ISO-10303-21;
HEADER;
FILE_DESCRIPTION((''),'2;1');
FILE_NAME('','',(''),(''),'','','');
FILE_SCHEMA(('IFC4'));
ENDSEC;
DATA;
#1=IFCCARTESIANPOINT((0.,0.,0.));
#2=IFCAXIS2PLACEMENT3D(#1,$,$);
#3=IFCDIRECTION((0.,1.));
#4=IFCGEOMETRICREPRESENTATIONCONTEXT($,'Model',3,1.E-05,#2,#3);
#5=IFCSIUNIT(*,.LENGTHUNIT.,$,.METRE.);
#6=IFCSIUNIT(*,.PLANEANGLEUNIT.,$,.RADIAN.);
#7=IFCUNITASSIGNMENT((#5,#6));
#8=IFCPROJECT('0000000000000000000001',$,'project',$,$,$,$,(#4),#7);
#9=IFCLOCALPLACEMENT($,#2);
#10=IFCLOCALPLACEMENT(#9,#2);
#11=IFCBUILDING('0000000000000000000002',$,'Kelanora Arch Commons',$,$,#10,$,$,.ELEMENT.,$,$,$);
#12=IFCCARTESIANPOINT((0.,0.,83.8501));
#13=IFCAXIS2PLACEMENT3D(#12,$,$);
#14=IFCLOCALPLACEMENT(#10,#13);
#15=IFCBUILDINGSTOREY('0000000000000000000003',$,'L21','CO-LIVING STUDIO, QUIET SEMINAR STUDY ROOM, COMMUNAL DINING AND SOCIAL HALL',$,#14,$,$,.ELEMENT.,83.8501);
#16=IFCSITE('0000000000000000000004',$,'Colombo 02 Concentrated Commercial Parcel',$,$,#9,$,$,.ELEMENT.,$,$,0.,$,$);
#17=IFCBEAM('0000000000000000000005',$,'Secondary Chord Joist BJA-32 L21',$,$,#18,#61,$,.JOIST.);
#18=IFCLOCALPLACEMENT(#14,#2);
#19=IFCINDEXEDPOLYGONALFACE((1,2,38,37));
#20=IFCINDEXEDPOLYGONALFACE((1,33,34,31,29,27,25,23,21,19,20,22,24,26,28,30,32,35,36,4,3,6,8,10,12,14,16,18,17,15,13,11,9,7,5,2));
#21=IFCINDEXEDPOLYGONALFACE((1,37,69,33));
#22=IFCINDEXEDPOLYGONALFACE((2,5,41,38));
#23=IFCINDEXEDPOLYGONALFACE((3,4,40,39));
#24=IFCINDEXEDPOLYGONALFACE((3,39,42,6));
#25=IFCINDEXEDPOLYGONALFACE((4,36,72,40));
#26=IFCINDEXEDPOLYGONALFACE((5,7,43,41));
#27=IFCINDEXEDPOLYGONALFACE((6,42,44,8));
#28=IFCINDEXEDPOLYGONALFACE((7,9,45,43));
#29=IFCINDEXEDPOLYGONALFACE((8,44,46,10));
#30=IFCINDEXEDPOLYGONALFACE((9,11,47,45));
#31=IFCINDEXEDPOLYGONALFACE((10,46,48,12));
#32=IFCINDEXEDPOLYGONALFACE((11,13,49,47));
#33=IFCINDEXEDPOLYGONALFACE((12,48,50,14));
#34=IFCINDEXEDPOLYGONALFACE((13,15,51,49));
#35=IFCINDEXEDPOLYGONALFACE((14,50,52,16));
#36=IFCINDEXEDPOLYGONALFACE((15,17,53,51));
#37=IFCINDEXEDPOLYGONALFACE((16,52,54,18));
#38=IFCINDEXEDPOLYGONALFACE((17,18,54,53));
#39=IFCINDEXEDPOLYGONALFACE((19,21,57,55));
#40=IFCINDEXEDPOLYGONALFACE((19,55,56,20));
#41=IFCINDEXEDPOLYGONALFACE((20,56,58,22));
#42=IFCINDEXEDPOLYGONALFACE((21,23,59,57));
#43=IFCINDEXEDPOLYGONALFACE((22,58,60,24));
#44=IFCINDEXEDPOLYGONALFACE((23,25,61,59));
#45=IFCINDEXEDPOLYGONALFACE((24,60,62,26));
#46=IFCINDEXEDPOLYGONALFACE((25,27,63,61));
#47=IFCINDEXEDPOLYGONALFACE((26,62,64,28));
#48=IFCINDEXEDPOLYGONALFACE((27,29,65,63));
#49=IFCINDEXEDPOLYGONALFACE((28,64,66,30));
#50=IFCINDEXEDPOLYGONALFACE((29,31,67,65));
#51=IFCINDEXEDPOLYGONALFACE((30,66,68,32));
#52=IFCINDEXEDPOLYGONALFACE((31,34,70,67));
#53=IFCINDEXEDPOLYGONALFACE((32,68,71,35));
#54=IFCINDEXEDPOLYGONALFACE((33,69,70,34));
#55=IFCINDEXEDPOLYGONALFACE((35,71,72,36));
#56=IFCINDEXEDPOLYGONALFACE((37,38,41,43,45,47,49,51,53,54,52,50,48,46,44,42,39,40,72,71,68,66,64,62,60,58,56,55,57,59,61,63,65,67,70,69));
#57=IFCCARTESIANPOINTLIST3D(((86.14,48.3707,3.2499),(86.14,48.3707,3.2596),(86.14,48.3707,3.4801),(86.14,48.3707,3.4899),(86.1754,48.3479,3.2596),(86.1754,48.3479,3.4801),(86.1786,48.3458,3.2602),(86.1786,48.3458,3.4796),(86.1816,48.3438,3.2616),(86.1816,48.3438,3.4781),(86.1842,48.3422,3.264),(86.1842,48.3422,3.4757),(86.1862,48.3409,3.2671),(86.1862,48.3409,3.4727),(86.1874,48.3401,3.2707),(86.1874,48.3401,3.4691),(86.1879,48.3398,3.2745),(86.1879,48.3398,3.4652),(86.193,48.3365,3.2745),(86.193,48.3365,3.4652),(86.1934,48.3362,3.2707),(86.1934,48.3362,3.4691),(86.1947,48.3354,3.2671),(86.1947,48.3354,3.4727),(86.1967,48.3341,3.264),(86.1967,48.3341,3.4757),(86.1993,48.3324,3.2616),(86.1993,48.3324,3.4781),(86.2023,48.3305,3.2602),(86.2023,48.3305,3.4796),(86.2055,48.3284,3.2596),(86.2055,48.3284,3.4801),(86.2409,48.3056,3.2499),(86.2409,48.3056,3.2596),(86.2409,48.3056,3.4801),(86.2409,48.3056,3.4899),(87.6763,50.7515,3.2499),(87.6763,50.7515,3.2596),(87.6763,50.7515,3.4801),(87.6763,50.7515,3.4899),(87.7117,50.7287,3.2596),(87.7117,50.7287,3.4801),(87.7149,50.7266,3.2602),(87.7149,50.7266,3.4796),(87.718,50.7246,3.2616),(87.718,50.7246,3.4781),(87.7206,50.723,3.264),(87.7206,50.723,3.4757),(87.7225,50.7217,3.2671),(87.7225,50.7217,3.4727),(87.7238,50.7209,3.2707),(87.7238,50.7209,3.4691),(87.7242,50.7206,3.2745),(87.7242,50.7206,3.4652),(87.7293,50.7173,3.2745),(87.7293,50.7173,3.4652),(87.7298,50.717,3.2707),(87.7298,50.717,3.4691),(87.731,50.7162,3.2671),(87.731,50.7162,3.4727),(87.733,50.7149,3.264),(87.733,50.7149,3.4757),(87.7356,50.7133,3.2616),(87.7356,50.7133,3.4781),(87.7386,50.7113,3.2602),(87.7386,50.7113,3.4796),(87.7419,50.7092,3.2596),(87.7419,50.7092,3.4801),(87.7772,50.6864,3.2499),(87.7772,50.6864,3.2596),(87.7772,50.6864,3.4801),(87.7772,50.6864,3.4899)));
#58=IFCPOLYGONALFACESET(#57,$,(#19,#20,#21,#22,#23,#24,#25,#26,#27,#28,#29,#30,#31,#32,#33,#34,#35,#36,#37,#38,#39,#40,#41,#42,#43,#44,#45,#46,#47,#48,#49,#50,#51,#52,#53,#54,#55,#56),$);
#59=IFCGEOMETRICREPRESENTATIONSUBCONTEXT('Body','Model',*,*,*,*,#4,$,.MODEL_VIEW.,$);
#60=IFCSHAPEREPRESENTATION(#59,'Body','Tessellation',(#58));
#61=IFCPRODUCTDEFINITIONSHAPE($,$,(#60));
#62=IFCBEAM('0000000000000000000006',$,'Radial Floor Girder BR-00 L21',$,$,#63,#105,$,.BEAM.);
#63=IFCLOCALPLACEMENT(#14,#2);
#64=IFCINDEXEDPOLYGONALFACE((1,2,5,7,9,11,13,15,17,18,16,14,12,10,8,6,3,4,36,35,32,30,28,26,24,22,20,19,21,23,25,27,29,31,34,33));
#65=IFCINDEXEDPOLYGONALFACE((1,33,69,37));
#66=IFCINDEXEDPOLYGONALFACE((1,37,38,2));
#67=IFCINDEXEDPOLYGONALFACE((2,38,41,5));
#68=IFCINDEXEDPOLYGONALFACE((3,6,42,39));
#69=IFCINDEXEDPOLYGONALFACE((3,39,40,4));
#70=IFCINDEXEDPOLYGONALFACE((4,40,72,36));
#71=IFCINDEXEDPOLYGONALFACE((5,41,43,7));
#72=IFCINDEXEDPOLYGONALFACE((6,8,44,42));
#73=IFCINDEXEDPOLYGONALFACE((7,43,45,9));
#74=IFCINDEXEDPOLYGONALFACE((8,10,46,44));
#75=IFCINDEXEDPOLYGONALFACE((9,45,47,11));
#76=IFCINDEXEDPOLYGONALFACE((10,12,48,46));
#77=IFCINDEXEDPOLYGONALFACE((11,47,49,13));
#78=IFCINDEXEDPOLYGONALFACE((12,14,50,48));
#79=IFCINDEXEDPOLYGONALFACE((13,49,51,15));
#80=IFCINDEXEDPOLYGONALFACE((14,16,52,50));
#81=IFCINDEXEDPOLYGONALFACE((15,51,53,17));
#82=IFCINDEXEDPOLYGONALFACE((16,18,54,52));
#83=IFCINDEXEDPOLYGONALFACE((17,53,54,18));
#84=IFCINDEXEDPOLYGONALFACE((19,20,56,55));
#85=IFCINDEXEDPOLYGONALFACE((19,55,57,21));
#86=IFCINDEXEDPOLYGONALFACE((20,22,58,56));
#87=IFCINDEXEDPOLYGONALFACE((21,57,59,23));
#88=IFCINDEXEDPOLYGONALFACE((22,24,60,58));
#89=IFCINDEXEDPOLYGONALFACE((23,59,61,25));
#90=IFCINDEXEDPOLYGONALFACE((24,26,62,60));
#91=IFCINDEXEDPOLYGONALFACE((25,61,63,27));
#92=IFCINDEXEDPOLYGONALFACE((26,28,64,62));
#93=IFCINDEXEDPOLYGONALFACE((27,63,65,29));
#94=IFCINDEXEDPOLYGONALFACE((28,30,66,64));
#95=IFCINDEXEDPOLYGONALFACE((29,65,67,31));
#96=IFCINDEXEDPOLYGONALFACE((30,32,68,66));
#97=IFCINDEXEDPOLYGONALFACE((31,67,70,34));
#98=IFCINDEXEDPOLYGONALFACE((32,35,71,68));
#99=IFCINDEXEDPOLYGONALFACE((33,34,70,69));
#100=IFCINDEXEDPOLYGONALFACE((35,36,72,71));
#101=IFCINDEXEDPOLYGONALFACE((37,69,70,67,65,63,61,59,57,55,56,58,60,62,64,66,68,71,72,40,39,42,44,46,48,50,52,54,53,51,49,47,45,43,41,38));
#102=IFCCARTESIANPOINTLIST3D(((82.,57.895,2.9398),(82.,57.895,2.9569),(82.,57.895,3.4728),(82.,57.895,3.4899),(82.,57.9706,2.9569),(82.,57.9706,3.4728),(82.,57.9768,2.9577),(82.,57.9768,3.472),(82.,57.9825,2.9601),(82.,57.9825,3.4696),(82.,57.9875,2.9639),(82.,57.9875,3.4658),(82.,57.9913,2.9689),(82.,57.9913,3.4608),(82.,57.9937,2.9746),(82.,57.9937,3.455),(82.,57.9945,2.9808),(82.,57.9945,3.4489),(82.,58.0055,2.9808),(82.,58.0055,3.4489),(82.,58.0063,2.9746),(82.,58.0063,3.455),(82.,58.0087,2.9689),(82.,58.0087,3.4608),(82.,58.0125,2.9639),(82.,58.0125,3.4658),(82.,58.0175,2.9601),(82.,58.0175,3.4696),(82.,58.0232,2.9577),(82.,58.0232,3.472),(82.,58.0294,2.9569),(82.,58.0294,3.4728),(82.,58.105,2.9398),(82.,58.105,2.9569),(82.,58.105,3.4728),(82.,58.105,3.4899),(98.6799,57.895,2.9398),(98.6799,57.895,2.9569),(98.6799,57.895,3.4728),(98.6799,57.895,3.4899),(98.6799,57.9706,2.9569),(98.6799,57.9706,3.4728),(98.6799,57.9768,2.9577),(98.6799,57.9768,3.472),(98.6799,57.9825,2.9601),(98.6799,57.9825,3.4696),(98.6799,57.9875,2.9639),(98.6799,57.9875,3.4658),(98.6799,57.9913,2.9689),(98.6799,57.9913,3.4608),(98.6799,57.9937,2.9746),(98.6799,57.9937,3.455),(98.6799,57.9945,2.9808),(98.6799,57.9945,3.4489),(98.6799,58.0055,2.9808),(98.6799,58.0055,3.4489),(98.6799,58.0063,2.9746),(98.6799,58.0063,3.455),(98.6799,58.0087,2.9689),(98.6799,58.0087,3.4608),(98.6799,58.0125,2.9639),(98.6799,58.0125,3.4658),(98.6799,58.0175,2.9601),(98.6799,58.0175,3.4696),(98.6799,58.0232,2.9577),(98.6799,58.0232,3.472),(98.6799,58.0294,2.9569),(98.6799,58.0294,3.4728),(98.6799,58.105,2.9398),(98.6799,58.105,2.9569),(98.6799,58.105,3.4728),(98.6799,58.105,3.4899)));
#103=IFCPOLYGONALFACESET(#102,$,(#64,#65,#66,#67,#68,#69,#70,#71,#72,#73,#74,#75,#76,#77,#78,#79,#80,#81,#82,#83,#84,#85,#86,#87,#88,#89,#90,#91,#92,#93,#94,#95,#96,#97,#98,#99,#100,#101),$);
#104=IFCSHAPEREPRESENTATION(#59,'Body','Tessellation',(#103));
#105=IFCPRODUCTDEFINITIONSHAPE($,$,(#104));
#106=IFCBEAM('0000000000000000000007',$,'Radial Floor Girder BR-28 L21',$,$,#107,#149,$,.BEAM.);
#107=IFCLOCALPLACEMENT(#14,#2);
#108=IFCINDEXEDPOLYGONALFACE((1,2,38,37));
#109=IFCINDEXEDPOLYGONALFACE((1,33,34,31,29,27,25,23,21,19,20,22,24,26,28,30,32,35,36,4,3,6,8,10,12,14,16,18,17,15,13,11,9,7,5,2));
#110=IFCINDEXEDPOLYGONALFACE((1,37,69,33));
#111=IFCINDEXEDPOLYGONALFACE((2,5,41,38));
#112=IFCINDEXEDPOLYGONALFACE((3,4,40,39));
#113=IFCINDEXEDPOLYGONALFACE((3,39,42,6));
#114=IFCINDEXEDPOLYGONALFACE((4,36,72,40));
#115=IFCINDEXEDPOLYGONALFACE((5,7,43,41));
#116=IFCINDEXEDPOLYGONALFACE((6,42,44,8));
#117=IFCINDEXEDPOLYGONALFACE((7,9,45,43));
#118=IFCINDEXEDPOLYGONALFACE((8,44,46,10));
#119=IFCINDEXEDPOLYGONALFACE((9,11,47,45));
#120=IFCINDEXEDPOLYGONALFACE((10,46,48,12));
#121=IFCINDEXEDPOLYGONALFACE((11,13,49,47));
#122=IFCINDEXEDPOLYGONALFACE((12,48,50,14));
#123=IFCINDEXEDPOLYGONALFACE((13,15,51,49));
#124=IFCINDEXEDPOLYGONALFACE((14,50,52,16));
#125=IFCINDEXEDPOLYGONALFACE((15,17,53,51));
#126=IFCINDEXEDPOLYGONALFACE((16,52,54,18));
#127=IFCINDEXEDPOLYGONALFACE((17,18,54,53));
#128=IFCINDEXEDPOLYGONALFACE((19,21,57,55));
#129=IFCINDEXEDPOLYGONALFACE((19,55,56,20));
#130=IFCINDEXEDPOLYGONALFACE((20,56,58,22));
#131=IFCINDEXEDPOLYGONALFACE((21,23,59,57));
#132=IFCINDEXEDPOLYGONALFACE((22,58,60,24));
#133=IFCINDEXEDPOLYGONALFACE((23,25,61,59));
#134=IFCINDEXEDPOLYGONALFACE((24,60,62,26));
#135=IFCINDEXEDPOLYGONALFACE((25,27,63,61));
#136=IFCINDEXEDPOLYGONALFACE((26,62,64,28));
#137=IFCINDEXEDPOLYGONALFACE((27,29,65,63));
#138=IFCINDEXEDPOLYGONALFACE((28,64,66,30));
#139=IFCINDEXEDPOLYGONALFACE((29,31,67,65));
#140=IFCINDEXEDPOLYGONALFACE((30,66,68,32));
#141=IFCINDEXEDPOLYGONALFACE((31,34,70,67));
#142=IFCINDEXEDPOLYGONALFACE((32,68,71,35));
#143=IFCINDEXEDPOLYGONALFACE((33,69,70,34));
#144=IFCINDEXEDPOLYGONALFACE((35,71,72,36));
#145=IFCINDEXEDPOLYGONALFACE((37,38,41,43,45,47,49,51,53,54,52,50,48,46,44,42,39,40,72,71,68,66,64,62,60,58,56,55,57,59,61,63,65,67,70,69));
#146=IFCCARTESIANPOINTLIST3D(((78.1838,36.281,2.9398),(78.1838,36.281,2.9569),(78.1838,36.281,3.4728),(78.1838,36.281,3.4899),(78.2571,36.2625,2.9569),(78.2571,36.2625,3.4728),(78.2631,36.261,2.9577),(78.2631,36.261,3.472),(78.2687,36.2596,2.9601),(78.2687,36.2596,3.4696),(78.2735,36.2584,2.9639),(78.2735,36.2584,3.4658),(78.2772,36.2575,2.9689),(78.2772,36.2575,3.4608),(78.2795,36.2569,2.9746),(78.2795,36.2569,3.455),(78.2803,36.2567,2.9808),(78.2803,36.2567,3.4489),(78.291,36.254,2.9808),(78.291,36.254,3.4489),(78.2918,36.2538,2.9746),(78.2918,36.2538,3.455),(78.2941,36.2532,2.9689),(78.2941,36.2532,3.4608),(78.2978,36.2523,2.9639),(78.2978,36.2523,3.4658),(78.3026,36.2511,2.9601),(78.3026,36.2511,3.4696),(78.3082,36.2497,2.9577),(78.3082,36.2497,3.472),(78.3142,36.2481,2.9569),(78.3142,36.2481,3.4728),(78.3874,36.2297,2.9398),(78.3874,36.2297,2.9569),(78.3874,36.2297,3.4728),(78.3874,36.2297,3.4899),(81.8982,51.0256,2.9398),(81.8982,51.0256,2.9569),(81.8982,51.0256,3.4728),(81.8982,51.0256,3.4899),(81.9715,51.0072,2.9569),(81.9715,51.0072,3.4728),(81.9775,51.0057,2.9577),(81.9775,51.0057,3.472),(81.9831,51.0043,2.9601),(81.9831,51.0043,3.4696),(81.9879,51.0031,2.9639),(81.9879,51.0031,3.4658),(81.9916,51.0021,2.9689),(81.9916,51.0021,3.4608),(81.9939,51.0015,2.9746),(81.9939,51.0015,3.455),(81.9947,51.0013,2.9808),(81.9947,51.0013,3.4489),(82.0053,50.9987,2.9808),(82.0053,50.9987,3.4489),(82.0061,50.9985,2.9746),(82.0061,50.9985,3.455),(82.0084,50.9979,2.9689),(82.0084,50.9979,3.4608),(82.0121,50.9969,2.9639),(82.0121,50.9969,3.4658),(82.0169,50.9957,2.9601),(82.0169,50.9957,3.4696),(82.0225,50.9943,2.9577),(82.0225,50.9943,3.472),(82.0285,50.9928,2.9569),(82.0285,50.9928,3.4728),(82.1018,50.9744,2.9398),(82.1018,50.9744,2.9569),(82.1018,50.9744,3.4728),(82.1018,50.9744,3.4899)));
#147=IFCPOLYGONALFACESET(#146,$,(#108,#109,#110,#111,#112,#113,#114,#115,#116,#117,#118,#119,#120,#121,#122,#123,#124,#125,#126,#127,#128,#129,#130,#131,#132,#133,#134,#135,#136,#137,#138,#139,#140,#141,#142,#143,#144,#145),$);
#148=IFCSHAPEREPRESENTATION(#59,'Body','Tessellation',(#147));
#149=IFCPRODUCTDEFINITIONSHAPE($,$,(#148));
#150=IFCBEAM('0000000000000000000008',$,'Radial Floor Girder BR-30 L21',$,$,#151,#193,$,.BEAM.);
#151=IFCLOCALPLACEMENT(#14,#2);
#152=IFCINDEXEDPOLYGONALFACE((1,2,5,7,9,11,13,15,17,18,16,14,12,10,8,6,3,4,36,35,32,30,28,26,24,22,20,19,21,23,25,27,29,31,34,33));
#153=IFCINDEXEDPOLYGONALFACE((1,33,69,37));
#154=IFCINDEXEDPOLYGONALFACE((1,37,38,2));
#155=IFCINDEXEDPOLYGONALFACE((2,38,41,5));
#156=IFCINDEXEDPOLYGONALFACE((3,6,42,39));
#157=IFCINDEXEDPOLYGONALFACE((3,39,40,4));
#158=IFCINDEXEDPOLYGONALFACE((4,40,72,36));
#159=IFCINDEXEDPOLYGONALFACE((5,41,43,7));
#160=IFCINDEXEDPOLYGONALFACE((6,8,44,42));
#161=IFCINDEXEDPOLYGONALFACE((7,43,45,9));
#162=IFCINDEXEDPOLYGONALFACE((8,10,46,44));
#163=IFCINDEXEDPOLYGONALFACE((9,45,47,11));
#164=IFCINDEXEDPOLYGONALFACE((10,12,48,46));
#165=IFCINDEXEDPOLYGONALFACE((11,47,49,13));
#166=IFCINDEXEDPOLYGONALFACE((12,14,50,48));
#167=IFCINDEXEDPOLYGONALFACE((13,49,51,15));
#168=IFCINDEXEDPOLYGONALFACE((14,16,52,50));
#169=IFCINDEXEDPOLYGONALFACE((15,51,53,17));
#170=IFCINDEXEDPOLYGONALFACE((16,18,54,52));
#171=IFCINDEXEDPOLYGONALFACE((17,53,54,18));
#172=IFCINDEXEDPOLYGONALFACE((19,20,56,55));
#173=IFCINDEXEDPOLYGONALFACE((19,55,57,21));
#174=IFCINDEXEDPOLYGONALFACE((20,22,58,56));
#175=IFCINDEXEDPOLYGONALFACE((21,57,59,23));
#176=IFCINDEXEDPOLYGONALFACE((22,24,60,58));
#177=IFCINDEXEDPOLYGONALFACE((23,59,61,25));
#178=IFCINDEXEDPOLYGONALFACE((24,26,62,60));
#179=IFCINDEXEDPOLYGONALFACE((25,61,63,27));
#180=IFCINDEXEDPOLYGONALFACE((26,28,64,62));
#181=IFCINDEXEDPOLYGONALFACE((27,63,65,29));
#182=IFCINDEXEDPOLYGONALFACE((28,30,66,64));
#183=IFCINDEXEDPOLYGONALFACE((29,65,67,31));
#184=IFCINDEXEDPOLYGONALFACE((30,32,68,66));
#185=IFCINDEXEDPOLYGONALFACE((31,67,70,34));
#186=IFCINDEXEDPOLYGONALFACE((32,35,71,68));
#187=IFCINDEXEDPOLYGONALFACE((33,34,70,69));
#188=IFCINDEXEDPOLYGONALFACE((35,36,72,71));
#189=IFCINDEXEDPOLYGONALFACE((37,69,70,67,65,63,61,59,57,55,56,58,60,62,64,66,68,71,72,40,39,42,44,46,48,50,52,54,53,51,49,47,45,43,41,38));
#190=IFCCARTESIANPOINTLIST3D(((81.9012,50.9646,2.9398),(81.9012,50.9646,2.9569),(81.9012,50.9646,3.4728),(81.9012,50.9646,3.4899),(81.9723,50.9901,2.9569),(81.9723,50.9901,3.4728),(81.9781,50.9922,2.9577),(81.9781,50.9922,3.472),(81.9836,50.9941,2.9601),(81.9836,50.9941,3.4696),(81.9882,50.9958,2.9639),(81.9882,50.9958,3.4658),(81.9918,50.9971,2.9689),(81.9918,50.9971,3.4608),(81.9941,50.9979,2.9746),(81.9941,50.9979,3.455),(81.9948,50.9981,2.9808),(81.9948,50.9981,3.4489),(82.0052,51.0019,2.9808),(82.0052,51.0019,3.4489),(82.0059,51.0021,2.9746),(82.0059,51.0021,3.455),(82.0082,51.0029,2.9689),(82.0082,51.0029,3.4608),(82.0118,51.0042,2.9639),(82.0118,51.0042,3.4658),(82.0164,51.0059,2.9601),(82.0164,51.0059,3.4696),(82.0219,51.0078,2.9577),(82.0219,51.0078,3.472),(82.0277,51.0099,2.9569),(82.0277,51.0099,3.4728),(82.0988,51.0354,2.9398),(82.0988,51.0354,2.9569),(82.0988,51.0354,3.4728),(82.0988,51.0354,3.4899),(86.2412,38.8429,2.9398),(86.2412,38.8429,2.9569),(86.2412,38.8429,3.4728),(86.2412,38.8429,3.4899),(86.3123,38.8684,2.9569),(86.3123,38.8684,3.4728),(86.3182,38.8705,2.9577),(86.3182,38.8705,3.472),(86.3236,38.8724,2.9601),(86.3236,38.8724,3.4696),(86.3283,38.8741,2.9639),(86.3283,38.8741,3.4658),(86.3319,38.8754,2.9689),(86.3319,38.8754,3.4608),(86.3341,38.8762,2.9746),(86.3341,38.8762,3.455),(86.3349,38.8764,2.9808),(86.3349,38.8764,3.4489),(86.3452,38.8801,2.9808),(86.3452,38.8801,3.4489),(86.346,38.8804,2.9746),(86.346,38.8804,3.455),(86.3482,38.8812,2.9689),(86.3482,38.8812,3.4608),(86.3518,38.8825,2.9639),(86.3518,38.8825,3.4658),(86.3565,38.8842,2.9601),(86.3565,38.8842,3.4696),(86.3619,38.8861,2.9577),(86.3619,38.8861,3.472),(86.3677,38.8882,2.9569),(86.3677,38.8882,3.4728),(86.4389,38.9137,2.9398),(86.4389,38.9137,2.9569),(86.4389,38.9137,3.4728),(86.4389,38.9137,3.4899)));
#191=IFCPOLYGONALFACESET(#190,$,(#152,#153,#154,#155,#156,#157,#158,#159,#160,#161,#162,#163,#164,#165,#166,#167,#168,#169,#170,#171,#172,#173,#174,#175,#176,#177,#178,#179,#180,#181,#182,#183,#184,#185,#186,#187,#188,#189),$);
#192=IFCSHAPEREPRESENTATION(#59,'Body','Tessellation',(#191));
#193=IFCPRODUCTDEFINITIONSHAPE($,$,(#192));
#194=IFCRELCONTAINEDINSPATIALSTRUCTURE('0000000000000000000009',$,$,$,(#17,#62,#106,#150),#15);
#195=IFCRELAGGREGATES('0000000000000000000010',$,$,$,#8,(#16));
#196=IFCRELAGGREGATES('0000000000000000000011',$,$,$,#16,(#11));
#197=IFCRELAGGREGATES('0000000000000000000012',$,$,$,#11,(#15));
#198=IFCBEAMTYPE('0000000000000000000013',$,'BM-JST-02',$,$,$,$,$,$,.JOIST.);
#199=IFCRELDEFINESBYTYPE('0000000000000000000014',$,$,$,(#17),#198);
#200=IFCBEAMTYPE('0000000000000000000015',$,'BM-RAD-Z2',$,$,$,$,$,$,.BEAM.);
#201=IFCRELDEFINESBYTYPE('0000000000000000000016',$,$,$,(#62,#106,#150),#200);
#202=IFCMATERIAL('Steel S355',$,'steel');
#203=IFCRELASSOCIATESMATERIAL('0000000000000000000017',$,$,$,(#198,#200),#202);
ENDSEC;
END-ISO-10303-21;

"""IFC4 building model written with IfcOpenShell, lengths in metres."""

from ifc_helpers import new_model, si_unit, direction, frame, origin, origin_2d, place, context, subcontext, project, spatial, i_section, extrude, material, material_profile, profile_set, type_object, element, save


model = new_model("IFC4")

# Units and contexts
model_context = context("Model", 3, precision=1e-05, world=origin(), true_north=direction((0.0, 1.0)))
body_context = subcontext(model_context, "Body", "Model", "MODEL_VIEW")
ifc_project = project(units=[si_unit("LENGTHUNIT", "METRE"), si_unit("PLANEANGLEUNIT", "RADIAN")], contexts=[model_context])

# Site, building, storey
site_placement = place(None, origin())
site = spatial("IfcSite", under=ifc_project, at=site_placement, Name="Colombo 02 Concentrated Commercial Parcel", CompositionType="ELEMENT", RefElevation=0.0)
building_placement = place(site_placement, origin())
building = spatial("IfcBuilding", under=site, at=building_placement, Name="Kelanora Arch Commons", CompositionType="ELEMENT")
storey_placement = place(building_placement, frame((0.0, 0.0, 83.8501)))
storey = spatial("IfcBuildingStorey", under=building, at=storey_placement, Name="L21", Description="CO-LIVING STUDIO, QUIET SEMINAR STUDY ROOM, COMMUNAL DINING AND SOCIAL HALL", CompositionType="ELEMENT", Elevation=83.8501)

# Beams
ifc_material_1 = material(Name="Steel S355", Category="steel")
ifc_material_profile_1 = material_profile(ifc_material_1, i_section(OverallWidth=0.1201, OverallDepth=0.24, WebThickness=0.0061, FlangeThickness=0.0098, FilletRadius=0.0149, at=origin_2d()), Name="IPE240")
ifc_profile_set_1 = profile_set([ifc_material_profile_1], Name="Steel S355")
beam_type_1 = type_object("IfcBeamType", Name="BM-JST-02", PredefinedType="JOIST", material=ifc_profile_set_1)
beam_1_placement = place(storey_placement, frame((86.1904, 48.3381, 3.3699), z_axis=(0.542211, 0.840242, 0.0), x_axis=(-0.840242, 0.542211, 0.0)))
element("IfcBeam", 1, at=beam_1_placement, inside=storey, type_object=beam_type_1, Name="Secondary Chord Joist BJA-32 L21", PredefinedType="JOIST", context=body_context, shape_type="SweptSolid", body=[
    extrude(i_section(OverallWidth=0.1201, OverallDepth=0.24, WebThickness=0.0061, FlangeThickness=0.0098, FilletRadius=0.0149, at=origin_2d()), origin(), (0.0, 0.0, 1.0), 2.8335),
])
ifc_material_profile_2 = material_profile(ifc_material_1, i_section(OverallWidth=0.21, OverallDepth=0.55, WebThickness=0.011, FlangeThickness=0.0171, FilletRadius=0.0239, at=origin_2d()), Name="IPE550")
ifc_profile_set_2 = profile_set([ifc_material_profile_2], Name="Steel S355")
beam_type_2 = type_object("IfcBeamType", Name="BM-RAD-Z2", PredefinedType="BEAM", material=ifc_profile_set_2)
beam_2_placement = place(storey_placement, frame((82.0, 58.0, 3.2148), z_axis=(1.0, 0.0, 0.0), x_axis=(0.0, 1.0, 0.0)))
element("IfcBeam", 2, at=beam_2_placement, inside=storey, type_object=beam_type_2, Name="Radial Floor Girder BR-00 L21", PredefinedType="BEAM", context=body_context, shape_type="SweptSolid", body=[
    extrude(i_section(OverallWidth=0.21, OverallDepth=0.55, WebThickness=0.011, FlangeThickness=0.0171, FilletRadius=0.0239, at=origin_2d()), origin(), (0.0, 0.0, 1.0), 16.6799),
])
beam_3_placement = place(storey_placement, frame((82.0, 51.0, 3.2148), z_axis=(-0.244281, -0.969705, 0.0), x_axis=(0.969705, -0.244281, 0.0)))
element("IfcBeam", 3, at=beam_3_placement, inside=storey, type_object=beam_type_2, Name="Radial Floor Girder BR-28 L21", PredefinedType="BEAM", context=body_context, shape_type="SweptSolid", body=[
    extrude(i_section(OverallWidth=0.21, OverallDepth=0.55, WebThickness=0.011, FlangeThickness=0.0171, FilletRadius=0.0239, at=origin_2d()), origin(), (0.0, 0.0, 1.0), 15.2053),
])
beam_4_placement = place(storey_placement, frame((82.0, 51.0, 3.2148), z_axis=(0.337085, -0.941474, 0.0), x_axis=(0.941474, 0.337085, 0.0)))
element("IfcBeam", 4, at=beam_4_placement, inside=storey, type_object=beam_type_2, Name="Radial Floor Girder BR-30 L21", PredefinedType="BEAM", context=body_context, shape_type="SweptSolid", body=[
    extrude(i_section(OverallWidth=0.21, OverallDepth=0.55, WebThickness=0.011, FlangeThickness=0.0171, FilletRadius=0.0239, at=origin_2d()), origin(), (0.0, 0.0, 1.0), 12.8752),
])

save(model, "model.ifc")
